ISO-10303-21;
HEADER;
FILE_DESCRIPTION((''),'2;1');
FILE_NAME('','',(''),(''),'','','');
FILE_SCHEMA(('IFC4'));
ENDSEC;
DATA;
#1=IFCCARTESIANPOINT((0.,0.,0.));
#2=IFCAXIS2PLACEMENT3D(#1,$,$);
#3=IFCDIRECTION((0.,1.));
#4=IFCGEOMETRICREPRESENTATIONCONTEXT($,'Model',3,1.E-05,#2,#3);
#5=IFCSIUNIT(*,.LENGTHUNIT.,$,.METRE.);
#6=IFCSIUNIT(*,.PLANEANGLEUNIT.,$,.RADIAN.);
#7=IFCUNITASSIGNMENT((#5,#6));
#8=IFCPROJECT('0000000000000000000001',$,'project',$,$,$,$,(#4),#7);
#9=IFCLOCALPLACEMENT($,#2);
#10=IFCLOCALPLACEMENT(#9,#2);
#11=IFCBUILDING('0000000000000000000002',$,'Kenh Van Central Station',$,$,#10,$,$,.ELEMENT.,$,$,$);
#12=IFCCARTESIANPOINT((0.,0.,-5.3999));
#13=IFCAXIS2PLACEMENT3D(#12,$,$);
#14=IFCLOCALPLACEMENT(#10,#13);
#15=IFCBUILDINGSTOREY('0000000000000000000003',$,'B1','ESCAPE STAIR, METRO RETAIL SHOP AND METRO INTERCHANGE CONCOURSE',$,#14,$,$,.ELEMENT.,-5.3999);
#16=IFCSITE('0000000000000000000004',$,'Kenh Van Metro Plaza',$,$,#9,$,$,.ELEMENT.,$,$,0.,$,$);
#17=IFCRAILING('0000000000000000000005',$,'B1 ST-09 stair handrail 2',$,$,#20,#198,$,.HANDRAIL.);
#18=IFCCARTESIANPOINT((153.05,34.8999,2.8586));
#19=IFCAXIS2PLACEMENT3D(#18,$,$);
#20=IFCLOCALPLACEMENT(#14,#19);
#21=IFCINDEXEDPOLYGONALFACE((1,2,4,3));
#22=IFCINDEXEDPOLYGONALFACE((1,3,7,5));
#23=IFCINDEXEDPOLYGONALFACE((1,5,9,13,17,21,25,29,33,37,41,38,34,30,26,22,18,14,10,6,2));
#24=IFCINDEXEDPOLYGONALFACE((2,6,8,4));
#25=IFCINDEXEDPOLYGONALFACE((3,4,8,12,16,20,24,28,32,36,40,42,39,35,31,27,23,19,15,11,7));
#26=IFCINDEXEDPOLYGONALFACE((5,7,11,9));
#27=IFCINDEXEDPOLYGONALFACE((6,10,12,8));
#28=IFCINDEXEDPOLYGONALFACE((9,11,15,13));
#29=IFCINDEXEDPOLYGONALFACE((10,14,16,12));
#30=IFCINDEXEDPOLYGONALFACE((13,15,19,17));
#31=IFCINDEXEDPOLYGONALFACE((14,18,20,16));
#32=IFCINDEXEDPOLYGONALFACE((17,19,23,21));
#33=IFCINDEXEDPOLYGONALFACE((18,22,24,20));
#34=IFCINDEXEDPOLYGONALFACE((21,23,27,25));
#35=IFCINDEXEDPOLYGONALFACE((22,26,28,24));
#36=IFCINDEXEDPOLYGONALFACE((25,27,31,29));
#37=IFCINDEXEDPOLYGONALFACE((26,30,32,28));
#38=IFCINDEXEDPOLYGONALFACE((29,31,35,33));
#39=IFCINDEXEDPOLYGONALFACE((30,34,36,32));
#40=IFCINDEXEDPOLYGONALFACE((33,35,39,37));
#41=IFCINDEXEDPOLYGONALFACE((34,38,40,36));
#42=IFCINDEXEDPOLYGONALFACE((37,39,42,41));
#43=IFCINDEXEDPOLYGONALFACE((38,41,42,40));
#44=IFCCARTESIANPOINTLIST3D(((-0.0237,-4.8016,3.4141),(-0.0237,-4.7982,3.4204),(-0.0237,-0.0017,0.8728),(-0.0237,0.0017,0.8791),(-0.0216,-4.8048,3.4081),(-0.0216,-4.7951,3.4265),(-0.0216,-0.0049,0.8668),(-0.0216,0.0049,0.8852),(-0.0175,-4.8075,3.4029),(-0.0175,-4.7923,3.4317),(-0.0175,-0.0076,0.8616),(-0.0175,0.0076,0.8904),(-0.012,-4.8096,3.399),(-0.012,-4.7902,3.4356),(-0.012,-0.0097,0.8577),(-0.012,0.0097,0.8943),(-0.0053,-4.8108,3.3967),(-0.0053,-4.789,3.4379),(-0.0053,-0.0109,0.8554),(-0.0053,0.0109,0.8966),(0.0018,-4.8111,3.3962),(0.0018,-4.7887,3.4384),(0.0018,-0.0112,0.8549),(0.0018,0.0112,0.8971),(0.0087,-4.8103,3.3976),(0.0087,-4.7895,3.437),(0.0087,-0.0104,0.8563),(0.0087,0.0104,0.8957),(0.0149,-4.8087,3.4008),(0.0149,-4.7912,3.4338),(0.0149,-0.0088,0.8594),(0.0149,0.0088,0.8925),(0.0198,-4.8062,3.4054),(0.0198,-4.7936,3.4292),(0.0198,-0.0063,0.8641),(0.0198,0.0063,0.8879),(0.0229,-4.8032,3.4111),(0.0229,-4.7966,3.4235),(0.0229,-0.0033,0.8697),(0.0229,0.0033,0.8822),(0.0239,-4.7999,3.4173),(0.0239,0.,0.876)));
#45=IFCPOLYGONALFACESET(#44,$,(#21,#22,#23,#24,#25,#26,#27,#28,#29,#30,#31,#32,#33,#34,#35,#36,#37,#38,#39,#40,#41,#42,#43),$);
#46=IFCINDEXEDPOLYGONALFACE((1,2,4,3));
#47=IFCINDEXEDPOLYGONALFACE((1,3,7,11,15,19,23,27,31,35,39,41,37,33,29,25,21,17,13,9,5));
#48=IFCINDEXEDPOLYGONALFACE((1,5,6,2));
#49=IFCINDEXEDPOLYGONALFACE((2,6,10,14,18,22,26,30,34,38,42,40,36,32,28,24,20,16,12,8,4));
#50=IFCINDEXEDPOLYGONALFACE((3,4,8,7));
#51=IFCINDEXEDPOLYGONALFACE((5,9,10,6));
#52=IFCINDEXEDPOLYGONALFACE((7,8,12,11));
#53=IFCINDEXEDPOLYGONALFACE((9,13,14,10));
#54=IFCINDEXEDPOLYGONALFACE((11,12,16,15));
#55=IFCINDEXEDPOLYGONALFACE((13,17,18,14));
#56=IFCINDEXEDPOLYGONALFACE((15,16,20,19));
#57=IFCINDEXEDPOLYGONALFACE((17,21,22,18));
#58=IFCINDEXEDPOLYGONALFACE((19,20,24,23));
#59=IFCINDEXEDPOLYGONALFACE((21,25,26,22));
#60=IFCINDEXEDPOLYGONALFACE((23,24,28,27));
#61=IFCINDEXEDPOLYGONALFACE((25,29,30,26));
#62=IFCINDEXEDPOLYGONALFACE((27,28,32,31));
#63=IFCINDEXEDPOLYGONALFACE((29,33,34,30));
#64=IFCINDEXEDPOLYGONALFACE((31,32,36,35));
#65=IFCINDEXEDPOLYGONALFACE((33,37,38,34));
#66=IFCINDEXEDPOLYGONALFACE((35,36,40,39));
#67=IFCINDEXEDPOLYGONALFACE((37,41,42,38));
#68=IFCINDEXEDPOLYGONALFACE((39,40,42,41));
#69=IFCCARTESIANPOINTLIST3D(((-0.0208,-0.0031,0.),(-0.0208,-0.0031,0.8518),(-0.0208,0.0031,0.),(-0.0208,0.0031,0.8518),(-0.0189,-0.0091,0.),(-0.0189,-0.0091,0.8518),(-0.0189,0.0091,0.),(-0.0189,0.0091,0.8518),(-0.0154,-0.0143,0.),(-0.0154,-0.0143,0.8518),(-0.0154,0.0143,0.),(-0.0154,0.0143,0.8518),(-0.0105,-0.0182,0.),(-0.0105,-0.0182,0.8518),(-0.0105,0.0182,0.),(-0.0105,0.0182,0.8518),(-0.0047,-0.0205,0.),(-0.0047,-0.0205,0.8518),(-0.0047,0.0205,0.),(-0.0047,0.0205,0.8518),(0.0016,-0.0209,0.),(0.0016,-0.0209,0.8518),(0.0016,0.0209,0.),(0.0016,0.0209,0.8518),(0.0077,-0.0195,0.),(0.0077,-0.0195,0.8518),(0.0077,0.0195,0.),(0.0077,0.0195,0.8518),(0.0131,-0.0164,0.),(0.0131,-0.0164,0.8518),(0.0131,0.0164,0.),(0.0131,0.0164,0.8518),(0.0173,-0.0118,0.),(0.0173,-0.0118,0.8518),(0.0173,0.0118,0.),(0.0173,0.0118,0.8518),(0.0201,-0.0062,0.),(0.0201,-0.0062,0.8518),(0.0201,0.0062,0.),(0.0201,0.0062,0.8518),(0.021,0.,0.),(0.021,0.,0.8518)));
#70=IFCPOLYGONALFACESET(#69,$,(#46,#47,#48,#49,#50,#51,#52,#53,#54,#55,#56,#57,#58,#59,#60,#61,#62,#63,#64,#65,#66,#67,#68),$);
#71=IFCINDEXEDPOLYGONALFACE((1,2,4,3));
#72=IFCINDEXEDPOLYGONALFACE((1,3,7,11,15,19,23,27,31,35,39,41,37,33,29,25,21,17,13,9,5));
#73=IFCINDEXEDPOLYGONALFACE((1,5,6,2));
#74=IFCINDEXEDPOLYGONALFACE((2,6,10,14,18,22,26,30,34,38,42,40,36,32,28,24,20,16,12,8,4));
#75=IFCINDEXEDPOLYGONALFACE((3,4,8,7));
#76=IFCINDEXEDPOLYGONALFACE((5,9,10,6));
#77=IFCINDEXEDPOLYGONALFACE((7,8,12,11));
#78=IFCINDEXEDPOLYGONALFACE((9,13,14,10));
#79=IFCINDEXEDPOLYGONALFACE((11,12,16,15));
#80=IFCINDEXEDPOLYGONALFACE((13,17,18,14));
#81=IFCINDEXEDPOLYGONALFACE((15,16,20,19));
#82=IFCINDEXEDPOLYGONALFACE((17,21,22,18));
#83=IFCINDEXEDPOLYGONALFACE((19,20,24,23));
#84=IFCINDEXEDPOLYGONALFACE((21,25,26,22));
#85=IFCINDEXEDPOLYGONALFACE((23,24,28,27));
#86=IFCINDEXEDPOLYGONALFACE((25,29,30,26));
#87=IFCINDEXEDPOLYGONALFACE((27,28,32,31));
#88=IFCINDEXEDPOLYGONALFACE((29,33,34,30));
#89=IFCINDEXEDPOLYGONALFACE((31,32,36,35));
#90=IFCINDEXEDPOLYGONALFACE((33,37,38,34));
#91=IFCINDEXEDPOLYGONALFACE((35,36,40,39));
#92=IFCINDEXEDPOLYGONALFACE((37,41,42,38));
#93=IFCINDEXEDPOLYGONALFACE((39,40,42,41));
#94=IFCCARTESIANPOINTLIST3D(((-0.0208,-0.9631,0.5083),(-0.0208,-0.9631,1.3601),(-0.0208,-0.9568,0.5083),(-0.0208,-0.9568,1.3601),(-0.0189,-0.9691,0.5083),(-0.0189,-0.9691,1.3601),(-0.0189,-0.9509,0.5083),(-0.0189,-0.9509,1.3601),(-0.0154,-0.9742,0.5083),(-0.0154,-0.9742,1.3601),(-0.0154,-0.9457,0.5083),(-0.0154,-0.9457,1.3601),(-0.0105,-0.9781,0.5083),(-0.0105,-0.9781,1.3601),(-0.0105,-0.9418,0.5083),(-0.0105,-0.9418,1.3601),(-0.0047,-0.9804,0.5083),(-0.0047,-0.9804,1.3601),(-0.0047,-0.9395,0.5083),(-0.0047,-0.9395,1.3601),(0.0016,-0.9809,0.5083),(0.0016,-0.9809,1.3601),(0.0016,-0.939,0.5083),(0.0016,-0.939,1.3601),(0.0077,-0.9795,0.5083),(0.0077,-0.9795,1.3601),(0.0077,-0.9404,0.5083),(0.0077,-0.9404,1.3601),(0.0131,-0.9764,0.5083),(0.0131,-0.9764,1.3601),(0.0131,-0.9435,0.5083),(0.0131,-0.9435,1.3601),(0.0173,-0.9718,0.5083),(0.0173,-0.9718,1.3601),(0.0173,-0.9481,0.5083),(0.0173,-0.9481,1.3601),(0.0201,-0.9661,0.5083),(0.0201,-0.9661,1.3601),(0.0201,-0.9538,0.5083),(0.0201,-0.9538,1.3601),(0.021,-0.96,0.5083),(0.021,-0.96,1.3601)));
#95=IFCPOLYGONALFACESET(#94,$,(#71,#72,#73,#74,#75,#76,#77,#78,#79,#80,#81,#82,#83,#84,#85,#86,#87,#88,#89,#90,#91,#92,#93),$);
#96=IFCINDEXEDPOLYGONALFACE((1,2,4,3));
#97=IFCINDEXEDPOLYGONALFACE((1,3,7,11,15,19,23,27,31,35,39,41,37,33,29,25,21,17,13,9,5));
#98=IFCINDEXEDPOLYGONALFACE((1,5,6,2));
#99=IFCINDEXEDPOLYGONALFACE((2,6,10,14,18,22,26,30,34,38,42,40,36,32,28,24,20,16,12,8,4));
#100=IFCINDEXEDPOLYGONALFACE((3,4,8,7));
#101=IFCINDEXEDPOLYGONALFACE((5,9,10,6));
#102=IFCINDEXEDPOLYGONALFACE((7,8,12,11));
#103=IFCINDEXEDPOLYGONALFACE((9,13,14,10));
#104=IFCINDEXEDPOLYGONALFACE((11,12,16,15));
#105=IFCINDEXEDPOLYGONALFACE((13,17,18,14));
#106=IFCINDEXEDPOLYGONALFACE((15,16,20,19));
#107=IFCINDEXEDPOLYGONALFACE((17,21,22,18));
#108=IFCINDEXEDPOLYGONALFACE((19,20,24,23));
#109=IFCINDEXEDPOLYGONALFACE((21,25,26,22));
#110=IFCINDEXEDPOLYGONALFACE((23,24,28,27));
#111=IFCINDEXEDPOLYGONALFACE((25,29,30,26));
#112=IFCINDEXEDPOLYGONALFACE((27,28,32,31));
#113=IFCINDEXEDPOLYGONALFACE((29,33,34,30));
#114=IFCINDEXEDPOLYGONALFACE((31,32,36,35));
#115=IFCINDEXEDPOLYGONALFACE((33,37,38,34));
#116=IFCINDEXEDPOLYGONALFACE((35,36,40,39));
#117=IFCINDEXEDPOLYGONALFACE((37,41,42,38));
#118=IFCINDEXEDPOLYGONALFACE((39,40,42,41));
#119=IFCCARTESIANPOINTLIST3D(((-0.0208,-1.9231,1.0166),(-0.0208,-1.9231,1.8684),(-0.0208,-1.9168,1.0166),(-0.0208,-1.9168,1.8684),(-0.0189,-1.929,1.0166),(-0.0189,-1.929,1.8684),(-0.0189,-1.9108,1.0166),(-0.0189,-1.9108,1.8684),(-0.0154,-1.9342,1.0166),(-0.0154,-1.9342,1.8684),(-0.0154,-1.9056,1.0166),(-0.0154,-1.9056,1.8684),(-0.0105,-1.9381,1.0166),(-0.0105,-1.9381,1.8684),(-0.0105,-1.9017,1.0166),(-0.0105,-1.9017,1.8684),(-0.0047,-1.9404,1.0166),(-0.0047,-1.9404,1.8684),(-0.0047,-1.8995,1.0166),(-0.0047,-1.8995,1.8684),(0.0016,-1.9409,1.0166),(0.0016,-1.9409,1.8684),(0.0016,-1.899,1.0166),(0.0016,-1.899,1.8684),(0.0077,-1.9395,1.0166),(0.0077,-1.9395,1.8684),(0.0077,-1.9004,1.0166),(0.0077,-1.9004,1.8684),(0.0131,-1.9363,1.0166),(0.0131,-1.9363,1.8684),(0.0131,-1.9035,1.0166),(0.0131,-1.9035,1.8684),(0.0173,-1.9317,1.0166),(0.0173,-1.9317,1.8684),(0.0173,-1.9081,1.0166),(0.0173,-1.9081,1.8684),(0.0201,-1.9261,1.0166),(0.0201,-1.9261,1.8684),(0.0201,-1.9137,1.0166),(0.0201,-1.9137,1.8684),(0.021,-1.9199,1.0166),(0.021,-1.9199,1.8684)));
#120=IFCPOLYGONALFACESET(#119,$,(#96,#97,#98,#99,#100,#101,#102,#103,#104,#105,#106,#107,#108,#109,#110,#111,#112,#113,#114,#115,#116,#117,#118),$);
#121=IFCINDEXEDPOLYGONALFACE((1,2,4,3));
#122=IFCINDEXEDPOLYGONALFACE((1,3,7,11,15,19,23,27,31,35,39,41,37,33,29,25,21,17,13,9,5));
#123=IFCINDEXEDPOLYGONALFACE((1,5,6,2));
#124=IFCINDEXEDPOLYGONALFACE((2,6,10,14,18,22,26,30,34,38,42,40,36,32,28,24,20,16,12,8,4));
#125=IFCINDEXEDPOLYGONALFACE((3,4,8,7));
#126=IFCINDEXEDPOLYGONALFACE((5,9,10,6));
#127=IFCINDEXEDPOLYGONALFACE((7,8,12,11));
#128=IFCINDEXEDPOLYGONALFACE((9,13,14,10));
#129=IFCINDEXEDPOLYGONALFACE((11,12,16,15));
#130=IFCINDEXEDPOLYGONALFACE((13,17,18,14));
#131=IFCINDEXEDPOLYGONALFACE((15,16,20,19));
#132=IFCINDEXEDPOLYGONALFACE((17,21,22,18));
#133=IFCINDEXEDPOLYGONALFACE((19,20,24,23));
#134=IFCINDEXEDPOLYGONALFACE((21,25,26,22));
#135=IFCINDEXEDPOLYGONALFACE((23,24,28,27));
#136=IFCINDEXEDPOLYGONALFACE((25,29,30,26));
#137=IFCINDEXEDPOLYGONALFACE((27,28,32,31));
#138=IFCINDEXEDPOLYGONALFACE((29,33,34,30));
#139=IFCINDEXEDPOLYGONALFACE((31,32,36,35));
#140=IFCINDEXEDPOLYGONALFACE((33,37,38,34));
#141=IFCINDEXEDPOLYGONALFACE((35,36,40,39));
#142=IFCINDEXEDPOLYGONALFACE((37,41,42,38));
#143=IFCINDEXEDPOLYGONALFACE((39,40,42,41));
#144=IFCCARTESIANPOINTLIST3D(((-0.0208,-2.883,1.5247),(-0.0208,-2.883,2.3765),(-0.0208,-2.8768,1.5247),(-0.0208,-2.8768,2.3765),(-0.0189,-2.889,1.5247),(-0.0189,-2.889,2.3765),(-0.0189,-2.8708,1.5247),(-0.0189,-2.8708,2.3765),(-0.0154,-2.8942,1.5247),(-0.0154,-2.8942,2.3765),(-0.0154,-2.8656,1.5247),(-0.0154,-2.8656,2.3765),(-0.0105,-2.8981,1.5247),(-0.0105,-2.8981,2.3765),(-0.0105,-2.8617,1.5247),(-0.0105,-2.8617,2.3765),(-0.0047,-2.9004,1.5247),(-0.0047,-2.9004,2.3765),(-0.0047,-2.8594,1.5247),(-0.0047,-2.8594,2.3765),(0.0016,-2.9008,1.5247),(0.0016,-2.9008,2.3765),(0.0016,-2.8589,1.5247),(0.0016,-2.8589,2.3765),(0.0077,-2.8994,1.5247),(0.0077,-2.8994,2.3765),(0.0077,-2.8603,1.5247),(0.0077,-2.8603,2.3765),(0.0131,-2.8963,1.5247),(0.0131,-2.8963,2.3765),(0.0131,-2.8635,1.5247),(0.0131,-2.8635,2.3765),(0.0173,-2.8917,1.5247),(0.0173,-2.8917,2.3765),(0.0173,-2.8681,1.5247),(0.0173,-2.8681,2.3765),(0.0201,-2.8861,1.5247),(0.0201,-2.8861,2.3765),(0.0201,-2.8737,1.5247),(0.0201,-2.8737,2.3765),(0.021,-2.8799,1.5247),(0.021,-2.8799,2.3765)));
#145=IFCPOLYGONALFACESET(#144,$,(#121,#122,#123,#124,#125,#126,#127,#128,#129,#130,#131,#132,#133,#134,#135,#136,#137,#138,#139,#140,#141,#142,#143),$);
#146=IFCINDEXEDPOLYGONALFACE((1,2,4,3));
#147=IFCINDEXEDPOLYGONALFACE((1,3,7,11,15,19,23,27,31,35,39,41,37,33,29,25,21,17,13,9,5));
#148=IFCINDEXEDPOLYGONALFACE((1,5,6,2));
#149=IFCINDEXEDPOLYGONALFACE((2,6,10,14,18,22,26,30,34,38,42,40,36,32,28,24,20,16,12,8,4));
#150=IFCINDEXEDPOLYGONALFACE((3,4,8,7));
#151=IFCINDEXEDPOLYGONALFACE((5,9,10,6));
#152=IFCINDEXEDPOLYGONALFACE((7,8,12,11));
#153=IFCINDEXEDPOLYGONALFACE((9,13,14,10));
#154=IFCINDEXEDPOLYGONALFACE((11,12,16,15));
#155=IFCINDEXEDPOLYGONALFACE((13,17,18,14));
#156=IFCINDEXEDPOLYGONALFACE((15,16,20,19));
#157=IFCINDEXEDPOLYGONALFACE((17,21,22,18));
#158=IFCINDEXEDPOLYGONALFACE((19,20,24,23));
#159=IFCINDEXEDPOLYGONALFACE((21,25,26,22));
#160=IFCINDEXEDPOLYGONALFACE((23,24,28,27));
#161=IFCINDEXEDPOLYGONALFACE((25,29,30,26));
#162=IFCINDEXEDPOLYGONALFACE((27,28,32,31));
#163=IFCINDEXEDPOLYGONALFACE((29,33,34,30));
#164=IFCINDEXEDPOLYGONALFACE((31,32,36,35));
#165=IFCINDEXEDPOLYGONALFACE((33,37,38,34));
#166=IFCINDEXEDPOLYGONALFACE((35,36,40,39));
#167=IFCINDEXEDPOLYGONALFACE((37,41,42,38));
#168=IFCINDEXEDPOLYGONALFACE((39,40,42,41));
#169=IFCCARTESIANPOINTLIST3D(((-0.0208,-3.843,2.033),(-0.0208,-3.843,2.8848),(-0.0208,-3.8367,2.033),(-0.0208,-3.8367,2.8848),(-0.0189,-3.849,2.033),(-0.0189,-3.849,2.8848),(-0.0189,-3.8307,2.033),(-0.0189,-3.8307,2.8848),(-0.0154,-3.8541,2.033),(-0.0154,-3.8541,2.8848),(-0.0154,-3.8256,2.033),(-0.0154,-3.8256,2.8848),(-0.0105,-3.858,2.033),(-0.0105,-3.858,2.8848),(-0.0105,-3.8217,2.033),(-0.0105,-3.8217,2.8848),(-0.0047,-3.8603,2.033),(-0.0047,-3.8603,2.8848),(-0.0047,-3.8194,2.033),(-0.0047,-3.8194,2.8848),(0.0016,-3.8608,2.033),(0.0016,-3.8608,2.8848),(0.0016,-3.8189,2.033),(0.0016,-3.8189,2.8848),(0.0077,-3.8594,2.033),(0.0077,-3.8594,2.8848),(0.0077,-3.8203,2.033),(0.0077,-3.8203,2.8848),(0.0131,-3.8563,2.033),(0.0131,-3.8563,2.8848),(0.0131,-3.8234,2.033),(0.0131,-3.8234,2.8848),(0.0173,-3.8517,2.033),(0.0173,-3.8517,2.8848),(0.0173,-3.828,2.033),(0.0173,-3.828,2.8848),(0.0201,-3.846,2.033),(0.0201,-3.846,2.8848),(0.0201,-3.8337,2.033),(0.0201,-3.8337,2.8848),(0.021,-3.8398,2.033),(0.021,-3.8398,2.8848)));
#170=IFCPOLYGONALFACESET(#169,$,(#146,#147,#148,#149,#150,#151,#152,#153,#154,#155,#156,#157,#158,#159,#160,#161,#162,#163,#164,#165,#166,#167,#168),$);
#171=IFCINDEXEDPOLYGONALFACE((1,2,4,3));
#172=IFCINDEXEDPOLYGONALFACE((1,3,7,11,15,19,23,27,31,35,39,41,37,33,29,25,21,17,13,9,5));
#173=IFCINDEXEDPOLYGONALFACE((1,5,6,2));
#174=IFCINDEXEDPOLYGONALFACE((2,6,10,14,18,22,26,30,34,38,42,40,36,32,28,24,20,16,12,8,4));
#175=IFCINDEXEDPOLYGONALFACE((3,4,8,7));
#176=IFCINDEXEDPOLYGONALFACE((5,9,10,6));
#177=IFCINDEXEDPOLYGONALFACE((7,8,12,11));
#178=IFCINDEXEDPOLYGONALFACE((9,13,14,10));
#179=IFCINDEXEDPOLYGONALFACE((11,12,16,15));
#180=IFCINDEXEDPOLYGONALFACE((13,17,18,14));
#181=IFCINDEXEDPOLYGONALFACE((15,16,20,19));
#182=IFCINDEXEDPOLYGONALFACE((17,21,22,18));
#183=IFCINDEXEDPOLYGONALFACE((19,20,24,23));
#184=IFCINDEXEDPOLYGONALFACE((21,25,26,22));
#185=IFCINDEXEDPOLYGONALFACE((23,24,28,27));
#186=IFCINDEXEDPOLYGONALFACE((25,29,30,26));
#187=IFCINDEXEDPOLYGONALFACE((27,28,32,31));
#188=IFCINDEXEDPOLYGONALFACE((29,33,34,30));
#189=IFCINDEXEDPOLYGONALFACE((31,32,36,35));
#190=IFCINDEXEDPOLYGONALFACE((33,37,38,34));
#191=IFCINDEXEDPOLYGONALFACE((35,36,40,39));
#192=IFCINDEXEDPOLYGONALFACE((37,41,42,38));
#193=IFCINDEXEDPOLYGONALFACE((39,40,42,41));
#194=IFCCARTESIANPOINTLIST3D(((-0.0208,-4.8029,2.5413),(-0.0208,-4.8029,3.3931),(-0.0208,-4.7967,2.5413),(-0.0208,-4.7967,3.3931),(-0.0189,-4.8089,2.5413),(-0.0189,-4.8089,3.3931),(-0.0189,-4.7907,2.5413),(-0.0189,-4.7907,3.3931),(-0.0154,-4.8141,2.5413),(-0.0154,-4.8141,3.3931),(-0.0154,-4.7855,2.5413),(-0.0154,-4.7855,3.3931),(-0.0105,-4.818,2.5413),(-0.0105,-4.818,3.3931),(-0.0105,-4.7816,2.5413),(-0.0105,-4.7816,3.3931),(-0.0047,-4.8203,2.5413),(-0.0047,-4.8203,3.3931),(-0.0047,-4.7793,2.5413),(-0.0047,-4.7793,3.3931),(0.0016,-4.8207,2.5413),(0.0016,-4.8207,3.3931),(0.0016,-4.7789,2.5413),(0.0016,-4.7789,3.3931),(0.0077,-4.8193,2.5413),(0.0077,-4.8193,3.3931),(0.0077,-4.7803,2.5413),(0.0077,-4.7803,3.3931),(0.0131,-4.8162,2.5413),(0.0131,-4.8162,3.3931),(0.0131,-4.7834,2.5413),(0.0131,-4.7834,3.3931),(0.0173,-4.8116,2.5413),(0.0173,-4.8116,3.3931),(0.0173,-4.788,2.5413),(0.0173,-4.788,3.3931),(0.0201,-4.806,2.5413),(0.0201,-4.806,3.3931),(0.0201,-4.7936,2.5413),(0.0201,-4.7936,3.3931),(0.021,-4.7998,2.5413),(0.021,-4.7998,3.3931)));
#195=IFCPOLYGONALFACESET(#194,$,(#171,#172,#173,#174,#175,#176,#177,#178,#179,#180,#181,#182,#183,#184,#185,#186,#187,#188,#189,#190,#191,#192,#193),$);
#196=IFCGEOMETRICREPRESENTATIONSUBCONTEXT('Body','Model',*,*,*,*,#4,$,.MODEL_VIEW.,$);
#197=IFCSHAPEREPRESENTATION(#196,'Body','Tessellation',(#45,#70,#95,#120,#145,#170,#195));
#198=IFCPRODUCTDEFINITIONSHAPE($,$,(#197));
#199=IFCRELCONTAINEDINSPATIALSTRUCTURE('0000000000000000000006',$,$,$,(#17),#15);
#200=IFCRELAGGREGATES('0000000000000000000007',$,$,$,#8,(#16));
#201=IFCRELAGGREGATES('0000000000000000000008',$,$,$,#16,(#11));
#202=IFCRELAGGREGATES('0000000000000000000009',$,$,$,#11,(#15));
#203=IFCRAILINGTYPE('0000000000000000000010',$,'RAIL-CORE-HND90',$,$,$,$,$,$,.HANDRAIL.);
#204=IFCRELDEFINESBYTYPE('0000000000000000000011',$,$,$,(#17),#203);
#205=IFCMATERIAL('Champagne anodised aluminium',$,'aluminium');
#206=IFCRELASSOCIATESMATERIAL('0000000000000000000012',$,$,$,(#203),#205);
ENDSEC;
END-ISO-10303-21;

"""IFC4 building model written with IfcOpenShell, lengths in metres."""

from ifc_helpers import new_model, si_unit, direction, frame, origin, origin_2d, place, context, subcontext, project, spatial, circle, extrude, material, type_object, element, save


model = new_model("IFC4")

# Units and contexts
model_context = context("Model", 3, precision=1e-05, world=origin(), true_north=direction((0.0, 1.0)))
body_context = subcontext(model_context, "Body", "Model", "MODEL_VIEW")
ifc_project = project(units=[si_unit("LENGTHUNIT", "METRE"), si_unit("PLANEANGLEUNIT", "RADIAN")], contexts=[model_context])

# Site, building, storey
site_placement = place(None, origin())
site = spatial("IfcSite", under=ifc_project, at=site_placement, Name="Kenh Van Metro Plaza", CompositionType="ELEMENT", RefElevation=0.0)
building_placement = place(site_placement, origin())
building = spatial("IfcBuilding", under=site, at=building_placement, Name="Kenh Van Central Station", CompositionType="ELEMENT")
storey_placement = place(building_placement, frame((0.0, 0.0, -5.3999)))
storey = spatial("IfcBuildingStorey", under=building, at=storey_placement, Name="B1", Description="ESCAPE STAIR, METRO RETAIL SHOP AND METRO INTERCHANGE CONCOURSE", CompositionType="ELEMENT", Elevation=-5.3999)

# Shared definitions
ifc_material_1 = material(Name="Champagne anodised aluminium", Category="aluminium")

# Railing
railing_type_1 = type_object("IfcRailingType", Name="RAIL-CORE-HND90", PredefinedType="HANDRAIL", material=ifc_material_1)
railing_1_placement = place(storey_placement, frame((153.05, 34.8999, 2.8586)))
element("IfcRailing", 1, at=railing_1_placement, inside=storey, type_object=railing_type_1, Name="B1 ST-09 stair handrail 2", PredefinedType="HANDRAIL", context=body_context, shape_type="SweptSolid", body=[
    extrude(circle(Radius=0.0239, at=origin_2d()), frame((0.0, 0.0, 0.876), z_axis=(0.0, -0.883774, 0.467915), x_axis=(1.0, 0.0, 0.0)), (0.0, 0.0, 1.0), 5.4312),
    extrude(circle(Radius=0.021, at=origin_2d()), origin(), (0.0, 0.0, 1.0), 0.8518),
    extrude(circle(Radius=0.021, at=origin_2d()), frame((0.0, -0.96, 0.5083)), (0.0, 0.0, 1.0), 0.8518),
    extrude(circle(Radius=0.021, at=origin_2d()), frame((0.0, -1.9199, 1.0166)), (0.0, 0.0, 1.0), 0.8518),
    extrude(circle(Radius=0.021, at=origin_2d()), frame((0.0, -2.8799, 1.5247)), (0.0, 0.0, 1.0), 0.8518),
    extrude(circle(Radius=0.021, at=origin_2d()), frame((0.0, -3.8398, 2.033)), (0.0, 0.0, 1.0), 0.8518),
    extrude(circle(Radius=0.021, at=origin_2d()), frame((0.0, -4.7998, 2.5413)), (0.0, 0.0, 1.0), 0.8518),
])

save(model, "model.ifc")
